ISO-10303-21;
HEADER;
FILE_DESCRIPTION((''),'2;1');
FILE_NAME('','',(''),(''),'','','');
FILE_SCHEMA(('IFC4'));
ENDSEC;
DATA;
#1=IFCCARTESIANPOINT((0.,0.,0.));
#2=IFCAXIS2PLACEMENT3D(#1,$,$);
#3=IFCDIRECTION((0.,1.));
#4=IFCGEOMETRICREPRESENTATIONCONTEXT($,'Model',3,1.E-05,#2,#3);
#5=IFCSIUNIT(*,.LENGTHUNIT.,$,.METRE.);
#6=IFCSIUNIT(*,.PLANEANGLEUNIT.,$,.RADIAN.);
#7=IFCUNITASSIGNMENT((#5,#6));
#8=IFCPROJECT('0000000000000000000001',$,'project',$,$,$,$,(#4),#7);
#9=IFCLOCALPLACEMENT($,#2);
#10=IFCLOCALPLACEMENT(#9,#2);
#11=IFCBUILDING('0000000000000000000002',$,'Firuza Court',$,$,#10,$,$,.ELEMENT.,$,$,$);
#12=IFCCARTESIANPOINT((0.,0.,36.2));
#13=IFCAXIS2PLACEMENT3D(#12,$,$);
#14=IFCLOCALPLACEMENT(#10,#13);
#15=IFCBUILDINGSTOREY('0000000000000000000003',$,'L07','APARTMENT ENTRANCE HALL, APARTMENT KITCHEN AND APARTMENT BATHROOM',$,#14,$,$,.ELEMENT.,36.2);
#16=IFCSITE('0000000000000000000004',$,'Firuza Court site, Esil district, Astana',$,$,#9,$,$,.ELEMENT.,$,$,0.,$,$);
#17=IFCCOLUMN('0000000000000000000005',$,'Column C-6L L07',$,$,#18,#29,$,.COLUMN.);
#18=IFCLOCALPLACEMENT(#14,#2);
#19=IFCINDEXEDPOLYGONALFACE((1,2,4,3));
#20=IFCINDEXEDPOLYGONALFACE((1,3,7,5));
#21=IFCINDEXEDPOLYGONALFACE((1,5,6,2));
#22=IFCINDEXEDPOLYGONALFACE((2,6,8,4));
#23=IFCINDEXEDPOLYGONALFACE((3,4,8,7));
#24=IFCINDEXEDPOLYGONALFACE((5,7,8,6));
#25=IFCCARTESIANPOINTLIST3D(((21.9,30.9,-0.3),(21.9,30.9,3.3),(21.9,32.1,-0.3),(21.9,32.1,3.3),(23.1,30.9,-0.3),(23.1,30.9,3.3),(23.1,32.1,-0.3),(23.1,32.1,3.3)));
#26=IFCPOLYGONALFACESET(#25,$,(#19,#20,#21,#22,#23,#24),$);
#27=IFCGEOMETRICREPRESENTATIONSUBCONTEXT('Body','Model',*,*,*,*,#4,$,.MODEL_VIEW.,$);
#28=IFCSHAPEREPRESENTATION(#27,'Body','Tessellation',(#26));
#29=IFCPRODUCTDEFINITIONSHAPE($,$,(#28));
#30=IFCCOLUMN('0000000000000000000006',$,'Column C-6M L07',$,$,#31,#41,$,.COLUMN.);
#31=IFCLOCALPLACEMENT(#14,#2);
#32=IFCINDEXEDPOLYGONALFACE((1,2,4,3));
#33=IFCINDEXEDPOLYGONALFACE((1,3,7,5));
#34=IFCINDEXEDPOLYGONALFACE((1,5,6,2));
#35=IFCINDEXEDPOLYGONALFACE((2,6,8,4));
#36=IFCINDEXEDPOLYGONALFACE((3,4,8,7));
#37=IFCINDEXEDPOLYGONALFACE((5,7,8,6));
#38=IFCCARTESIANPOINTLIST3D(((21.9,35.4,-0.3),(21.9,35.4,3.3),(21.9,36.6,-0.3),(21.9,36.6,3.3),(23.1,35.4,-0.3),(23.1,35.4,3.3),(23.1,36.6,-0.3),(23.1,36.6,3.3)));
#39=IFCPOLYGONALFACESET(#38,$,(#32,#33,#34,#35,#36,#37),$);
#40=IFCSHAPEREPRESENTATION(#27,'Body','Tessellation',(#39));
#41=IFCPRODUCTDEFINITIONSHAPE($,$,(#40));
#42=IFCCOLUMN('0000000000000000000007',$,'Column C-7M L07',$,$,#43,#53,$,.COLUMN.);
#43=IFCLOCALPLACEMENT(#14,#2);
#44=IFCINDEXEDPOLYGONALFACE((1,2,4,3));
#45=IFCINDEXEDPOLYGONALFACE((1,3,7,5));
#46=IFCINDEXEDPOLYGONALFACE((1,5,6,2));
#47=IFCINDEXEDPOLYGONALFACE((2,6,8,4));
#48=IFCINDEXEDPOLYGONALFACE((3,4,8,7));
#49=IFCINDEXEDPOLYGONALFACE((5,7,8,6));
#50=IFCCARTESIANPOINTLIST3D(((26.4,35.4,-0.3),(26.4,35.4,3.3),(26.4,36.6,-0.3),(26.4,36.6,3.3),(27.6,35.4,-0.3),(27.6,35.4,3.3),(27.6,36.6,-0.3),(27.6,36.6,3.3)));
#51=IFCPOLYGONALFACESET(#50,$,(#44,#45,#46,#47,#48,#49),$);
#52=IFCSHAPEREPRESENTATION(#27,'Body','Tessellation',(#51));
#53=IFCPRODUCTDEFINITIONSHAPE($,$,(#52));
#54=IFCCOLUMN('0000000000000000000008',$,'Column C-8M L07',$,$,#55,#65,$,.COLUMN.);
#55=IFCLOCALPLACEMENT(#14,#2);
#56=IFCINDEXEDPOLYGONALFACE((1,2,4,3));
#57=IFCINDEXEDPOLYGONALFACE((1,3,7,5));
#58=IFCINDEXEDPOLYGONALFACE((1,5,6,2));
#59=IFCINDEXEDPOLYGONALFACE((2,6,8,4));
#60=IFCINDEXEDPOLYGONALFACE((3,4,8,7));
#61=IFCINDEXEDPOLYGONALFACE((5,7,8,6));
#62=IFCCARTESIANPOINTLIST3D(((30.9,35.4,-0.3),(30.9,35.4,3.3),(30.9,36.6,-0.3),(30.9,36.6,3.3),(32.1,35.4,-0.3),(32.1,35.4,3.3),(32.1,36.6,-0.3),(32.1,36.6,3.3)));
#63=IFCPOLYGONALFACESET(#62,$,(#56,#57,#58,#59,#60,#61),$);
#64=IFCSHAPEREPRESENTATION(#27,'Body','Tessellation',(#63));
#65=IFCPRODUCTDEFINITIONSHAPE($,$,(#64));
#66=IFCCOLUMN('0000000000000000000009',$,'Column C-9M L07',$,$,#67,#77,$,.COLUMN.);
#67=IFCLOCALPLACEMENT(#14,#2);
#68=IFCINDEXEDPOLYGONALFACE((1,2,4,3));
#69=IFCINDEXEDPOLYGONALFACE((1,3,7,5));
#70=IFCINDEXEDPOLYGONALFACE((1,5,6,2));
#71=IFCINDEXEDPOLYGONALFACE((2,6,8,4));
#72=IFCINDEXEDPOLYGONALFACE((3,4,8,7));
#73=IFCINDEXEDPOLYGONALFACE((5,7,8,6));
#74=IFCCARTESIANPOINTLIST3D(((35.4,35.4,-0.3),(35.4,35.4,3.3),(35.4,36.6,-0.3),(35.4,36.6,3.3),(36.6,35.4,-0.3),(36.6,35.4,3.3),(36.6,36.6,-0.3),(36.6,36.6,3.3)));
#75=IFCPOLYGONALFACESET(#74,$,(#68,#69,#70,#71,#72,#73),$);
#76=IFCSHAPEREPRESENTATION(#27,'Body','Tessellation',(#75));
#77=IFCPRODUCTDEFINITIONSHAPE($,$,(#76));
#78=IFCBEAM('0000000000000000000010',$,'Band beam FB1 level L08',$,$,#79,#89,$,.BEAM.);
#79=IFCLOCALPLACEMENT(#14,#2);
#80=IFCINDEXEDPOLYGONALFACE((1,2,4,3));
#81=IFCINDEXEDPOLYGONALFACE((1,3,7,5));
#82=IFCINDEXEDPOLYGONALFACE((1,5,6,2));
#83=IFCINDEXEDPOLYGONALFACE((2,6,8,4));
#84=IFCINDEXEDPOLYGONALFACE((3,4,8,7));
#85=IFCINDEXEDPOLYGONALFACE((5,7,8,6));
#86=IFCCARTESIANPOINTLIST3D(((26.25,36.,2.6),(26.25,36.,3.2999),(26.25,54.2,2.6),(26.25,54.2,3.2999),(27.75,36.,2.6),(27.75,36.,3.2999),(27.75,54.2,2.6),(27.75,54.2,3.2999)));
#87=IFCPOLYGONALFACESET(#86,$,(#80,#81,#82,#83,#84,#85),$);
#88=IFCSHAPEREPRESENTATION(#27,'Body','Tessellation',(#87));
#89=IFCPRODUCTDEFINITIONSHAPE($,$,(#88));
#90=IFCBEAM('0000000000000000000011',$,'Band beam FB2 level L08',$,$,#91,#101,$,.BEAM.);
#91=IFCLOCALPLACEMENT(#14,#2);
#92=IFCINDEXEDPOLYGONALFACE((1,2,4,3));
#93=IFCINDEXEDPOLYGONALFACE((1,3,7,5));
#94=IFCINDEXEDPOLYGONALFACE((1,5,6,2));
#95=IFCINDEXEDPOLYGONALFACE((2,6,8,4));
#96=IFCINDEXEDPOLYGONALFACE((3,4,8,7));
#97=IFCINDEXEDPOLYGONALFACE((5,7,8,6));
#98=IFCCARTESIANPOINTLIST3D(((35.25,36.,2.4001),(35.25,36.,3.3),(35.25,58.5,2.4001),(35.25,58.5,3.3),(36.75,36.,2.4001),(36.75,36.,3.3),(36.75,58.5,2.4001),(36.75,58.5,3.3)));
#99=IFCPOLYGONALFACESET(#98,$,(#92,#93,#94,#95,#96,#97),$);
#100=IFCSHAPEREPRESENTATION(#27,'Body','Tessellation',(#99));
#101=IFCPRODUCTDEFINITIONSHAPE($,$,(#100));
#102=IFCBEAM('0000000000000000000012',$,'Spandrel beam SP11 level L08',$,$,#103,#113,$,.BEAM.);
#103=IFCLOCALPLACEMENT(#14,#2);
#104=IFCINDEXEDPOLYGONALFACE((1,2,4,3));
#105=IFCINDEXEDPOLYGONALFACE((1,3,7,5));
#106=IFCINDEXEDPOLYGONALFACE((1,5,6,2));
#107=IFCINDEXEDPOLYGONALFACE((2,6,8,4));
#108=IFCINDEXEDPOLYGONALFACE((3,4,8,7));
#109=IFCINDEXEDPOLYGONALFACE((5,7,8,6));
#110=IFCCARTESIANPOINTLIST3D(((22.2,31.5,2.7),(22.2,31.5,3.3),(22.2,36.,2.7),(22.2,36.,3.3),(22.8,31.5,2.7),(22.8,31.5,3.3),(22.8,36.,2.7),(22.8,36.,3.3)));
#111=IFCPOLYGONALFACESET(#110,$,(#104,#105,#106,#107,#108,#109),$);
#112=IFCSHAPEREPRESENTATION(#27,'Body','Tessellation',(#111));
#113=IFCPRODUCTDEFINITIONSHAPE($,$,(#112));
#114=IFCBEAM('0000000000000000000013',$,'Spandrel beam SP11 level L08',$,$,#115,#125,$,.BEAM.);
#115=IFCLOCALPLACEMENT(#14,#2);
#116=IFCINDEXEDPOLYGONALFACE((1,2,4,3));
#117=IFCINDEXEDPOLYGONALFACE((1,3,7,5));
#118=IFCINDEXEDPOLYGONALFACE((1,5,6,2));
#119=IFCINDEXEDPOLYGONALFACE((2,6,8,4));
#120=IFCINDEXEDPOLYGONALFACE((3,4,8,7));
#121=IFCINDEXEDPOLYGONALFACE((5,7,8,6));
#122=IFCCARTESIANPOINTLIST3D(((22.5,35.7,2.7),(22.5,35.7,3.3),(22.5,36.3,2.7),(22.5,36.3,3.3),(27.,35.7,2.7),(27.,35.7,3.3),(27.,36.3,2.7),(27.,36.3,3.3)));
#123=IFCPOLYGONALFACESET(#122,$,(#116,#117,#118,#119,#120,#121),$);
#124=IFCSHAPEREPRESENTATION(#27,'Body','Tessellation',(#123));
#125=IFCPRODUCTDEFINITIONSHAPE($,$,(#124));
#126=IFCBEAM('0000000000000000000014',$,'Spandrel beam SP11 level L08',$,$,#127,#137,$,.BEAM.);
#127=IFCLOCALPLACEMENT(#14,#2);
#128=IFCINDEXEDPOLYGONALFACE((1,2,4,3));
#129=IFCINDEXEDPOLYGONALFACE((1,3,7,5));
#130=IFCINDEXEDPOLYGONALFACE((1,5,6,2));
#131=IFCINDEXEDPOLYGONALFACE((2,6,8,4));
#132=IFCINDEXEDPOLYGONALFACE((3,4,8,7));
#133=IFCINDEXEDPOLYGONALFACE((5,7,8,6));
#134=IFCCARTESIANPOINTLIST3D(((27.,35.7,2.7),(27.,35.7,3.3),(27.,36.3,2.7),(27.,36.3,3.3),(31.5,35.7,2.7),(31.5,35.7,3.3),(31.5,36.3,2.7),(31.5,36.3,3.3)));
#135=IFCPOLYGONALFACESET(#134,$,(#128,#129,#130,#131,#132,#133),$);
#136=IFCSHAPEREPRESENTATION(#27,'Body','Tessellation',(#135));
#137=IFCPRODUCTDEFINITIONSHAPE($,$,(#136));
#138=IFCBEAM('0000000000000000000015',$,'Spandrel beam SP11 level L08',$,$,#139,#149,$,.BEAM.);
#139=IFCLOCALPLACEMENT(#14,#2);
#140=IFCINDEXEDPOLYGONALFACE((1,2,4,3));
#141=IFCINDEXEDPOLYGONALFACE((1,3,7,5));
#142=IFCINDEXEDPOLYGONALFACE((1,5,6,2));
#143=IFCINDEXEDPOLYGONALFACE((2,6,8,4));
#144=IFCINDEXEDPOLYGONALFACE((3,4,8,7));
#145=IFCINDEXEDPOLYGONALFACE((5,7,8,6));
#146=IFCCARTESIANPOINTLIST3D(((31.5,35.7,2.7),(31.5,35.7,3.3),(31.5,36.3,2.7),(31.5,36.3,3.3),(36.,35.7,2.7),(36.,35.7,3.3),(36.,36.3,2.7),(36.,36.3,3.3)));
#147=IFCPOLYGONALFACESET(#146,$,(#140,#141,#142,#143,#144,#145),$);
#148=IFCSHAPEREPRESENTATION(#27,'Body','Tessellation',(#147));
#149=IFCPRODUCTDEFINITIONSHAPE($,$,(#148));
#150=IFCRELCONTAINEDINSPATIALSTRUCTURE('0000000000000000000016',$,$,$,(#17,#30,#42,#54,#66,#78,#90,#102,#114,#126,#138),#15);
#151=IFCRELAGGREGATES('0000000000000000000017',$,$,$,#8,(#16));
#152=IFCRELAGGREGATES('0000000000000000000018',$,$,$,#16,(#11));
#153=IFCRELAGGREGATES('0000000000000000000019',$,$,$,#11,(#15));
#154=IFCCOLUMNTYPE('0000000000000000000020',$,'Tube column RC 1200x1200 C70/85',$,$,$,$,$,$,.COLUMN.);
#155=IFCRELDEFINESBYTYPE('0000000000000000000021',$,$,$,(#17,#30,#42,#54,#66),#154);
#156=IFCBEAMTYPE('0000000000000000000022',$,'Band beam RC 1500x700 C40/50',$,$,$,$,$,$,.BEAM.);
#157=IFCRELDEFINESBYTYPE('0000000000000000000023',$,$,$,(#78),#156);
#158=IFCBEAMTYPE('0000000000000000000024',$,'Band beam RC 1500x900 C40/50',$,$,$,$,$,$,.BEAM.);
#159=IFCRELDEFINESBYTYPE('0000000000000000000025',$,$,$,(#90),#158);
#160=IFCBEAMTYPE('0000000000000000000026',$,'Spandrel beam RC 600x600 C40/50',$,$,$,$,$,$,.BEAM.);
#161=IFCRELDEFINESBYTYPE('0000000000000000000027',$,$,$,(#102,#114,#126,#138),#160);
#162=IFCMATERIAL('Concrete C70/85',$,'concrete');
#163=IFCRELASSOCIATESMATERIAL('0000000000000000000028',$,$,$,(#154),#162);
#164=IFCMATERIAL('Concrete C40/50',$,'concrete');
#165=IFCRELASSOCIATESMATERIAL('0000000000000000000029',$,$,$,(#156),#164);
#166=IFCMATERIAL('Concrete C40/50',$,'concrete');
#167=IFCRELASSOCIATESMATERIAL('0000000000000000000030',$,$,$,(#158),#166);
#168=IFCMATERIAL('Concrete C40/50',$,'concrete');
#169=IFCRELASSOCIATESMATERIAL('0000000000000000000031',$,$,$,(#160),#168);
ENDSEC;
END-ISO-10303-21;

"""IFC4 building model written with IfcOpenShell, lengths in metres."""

from ifc_helpers import new_model, si_unit, direction, frame, origin, origin_2d, place, context, subcontext, project, spatial, rectangle, extrude, material, material_profile, profile_set, type_object, element, save


model = new_model("IFC4")

# Units and contexts
model_context = context("Model", 3, precision=1e-05, world=origin(), true_north=direction((0.0, 1.0)))
body_context = subcontext(model_context, "Body", "Model", "MODEL_VIEW")
ifc_project = project(units=[si_unit("LENGTHUNIT", "METRE"), si_unit("PLANEANGLEUNIT", "RADIAN")], contexts=[model_context])

# Site, building, storey
site_placement = place(None, origin())
site = spatial("IfcSite", under=ifc_project, at=site_placement, Name="Firuza Court site, Esil district, Astana", CompositionType="ELEMENT", RefElevation=0.0)
building_placement = place(site_placement, origin())
building = spatial("IfcBuilding", under=site, at=building_placement, Name="Firuza Court", CompositionType="ELEMENT")
storey_placement = place(building_placement, frame((0.0, 0.0, 36.2)))
storey = spatial("IfcBuildingStorey", under=building, at=storey_placement, Name="L07", Description="APARTMENT ENTRANCE HALL, APARTMENT KITCHEN AND APARTMENT BATHROOM", CompositionType="ELEMENT", Elevation=36.2)

# Columns
ifc_material_1 = material(Name="Concrete C70/85", Category="concrete")
ifc_material_profile_1 = material_profile(ifc_material_1, rectangle(XDim=1.2, YDim=1.2, at=origin_2d()), Name="RC 1200x1200")
ifc_profile_set_1 = profile_set([ifc_material_profile_1], Name="Concrete C70/85")
column_type = type_object("IfcColumnType", Name="Tube column RC 1200x1200 C70/85", PredefinedType="COLUMN", material=ifc_profile_set_1)
for number, where, z_axis, x_axis, name in (
    (1, (22.5, 31.5, -0.3), (0.0, 0.0, 1.0), (1.0, 0.0, 0.0), "Column C-6L L07"),
    (2, (22.5, 36.0, -0.3), (0.0, 0.0, 1.0), (1.0, 0.0, 0.0), "Column C-6M L07"),
    (3, (27.0, 36.0, -0.3), (0.0, 0.0, 1.0), (1.0, 0.0, 0.0), "Column C-7M L07"),
    (4, (31.5, 36.0, -0.3), (0.0, 0.0, 1.0), (1.0, 0.0, 0.0), "Column C-8M L07"),
    (5, (36.0, 36.0, -0.3), (0.0, 0.0, 1.0), (1.0, 0.0, 0.0), "Column C-9M L07"),
):
    element("IfcColumn", number, at=place(storey_placement, frame(where, z_axis=z_axis, x_axis=x_axis)), inside=storey, type_object=column_type, Name=name, PredefinedType="COLUMN", context=body_context, shape_type="SweptSolid", body=[
        extrude(rectangle(XDim=1.2, YDim=1.2, at=origin_2d()), origin(), (0.0, 0.0, 1.0), 3.6001),
    ])

# Beams
ifc_material_2 = material(Name="Concrete C40/50", Category="concrete")
ifc_material_profile_2 = material_profile(ifc_material_2, rectangle(XDim=1.5, YDim=0.7, at=origin_2d()), Name="RC 1500x700")
ifc_profile_set_2 = profile_set([ifc_material_profile_2], Name="Concrete C40/50")
beam_type_1 = type_object("IfcBeamType", Name="Band beam RC 1500x700 C40/50", PredefinedType="BEAM", material=ifc_profile_set_2)
beam_1_placement = place(storey_placement, frame((27.0, 36.0, 2.95), z_axis=(0.0, 1.0, 0.0), x_axis=(-1.0, 0.0, 0.0)))
element("IfcBeam", 6, at=beam_1_placement, inside=storey, type_object=beam_type_1, Name="Band beam FB1 level L08", PredefinedType="BEAM", context=body_context, shape_type="SweptSolid", body=[
    extrude(rectangle(XDim=1.5, YDim=0.7, at=origin_2d()), origin(), (0.0, 0.0, 1.0), 18.2),
])
ifc_material_3 = material(Name="Concrete C40/50", Category="concrete")
ifc_material_profile_3 = material_profile(ifc_material_3, rectangle(XDim=1.5, YDim=0.8999, at=origin_2d()), Name="RC 1500x900")
ifc_profile_set_3 = profile_set([ifc_material_profile_3], Name="Concrete C40/50")
beam_type_2 = type_object("IfcBeamType", Name="Band beam RC 1500x900 C40/50", PredefinedType="BEAM", material=ifc_profile_set_3)
beam_2_placement = place(storey_placement, frame((36.0, 36.0, 2.8501), z_axis=(0.0, 1.0, 0.0), x_axis=(-1.0, 0.0, 0.0)))
element("IfcBeam", 7, at=beam_2_placement, inside=storey, type_object=beam_type_2, Name="Band beam FB2 level L08", PredefinedType="BEAM", context=body_context, shape_type="SweptSolid", body=[
    extrude(rectangle(XDim=1.5, YDim=0.8999, at=origin_2d()), origin(), (0.0, 0.0, 1.0), 22.5),
])
ifc_material_4 = material(Name="Concrete C40/50", Category="concrete")
ifc_material_profile_4 = material_profile(ifc_material_4, rectangle(XDim=0.6001, YDim=0.6001, at=origin_2d()), Name="RC 600x600")
ifc_profile_set_4 = profile_set([ifc_material_profile_4], Name="Concrete C40/50")
beam_type_3 = type_object("IfcBeamType", Name="Spandrel beam RC 600x600 C40/50", PredefinedType="BEAM", material=ifc_profile_set_4)
for number, where, z_axis, x_axis, name in (
    (8, (22.5, 31.5, 3.0), (0.0, 1.0, 0.0), (-1.0, 0.0, 0.0), "Spandrel beam SP11 level L08"),
    (9, (22.5, 36.0, 3.0), (1.0, 0.0, 0.0), (0.0, 1.0, 0.0), "Spandrel beam SP11 level L08"),
    (10, (27.0, 36.0, 3.0), (1.0, 0.0, 0.0), (0.0, 1.0, 0.0), "Spandrel beam SP11 level L08"),
    (11, (31.5, 36.0, 3.0), (1.0, 0.0, 0.0), (0.0, 1.0, 0.0), "Spandrel beam SP11 level L08"),
):
    element("IfcBeam", number, at=place(storey_placement, frame(where, z_axis=z_axis, x_axis=x_axis)), inside=storey, type_object=beam_type_3, Name=name, PredefinedType="BEAM", context=body_context, shape_type="SweptSolid", body=[
        extrude(rectangle(XDim=0.6001, YDim=0.6001, at=origin_2d()), origin(), (0.0, 0.0, 1.0), 4.5),
    ])

save(model, "model.ifc")
